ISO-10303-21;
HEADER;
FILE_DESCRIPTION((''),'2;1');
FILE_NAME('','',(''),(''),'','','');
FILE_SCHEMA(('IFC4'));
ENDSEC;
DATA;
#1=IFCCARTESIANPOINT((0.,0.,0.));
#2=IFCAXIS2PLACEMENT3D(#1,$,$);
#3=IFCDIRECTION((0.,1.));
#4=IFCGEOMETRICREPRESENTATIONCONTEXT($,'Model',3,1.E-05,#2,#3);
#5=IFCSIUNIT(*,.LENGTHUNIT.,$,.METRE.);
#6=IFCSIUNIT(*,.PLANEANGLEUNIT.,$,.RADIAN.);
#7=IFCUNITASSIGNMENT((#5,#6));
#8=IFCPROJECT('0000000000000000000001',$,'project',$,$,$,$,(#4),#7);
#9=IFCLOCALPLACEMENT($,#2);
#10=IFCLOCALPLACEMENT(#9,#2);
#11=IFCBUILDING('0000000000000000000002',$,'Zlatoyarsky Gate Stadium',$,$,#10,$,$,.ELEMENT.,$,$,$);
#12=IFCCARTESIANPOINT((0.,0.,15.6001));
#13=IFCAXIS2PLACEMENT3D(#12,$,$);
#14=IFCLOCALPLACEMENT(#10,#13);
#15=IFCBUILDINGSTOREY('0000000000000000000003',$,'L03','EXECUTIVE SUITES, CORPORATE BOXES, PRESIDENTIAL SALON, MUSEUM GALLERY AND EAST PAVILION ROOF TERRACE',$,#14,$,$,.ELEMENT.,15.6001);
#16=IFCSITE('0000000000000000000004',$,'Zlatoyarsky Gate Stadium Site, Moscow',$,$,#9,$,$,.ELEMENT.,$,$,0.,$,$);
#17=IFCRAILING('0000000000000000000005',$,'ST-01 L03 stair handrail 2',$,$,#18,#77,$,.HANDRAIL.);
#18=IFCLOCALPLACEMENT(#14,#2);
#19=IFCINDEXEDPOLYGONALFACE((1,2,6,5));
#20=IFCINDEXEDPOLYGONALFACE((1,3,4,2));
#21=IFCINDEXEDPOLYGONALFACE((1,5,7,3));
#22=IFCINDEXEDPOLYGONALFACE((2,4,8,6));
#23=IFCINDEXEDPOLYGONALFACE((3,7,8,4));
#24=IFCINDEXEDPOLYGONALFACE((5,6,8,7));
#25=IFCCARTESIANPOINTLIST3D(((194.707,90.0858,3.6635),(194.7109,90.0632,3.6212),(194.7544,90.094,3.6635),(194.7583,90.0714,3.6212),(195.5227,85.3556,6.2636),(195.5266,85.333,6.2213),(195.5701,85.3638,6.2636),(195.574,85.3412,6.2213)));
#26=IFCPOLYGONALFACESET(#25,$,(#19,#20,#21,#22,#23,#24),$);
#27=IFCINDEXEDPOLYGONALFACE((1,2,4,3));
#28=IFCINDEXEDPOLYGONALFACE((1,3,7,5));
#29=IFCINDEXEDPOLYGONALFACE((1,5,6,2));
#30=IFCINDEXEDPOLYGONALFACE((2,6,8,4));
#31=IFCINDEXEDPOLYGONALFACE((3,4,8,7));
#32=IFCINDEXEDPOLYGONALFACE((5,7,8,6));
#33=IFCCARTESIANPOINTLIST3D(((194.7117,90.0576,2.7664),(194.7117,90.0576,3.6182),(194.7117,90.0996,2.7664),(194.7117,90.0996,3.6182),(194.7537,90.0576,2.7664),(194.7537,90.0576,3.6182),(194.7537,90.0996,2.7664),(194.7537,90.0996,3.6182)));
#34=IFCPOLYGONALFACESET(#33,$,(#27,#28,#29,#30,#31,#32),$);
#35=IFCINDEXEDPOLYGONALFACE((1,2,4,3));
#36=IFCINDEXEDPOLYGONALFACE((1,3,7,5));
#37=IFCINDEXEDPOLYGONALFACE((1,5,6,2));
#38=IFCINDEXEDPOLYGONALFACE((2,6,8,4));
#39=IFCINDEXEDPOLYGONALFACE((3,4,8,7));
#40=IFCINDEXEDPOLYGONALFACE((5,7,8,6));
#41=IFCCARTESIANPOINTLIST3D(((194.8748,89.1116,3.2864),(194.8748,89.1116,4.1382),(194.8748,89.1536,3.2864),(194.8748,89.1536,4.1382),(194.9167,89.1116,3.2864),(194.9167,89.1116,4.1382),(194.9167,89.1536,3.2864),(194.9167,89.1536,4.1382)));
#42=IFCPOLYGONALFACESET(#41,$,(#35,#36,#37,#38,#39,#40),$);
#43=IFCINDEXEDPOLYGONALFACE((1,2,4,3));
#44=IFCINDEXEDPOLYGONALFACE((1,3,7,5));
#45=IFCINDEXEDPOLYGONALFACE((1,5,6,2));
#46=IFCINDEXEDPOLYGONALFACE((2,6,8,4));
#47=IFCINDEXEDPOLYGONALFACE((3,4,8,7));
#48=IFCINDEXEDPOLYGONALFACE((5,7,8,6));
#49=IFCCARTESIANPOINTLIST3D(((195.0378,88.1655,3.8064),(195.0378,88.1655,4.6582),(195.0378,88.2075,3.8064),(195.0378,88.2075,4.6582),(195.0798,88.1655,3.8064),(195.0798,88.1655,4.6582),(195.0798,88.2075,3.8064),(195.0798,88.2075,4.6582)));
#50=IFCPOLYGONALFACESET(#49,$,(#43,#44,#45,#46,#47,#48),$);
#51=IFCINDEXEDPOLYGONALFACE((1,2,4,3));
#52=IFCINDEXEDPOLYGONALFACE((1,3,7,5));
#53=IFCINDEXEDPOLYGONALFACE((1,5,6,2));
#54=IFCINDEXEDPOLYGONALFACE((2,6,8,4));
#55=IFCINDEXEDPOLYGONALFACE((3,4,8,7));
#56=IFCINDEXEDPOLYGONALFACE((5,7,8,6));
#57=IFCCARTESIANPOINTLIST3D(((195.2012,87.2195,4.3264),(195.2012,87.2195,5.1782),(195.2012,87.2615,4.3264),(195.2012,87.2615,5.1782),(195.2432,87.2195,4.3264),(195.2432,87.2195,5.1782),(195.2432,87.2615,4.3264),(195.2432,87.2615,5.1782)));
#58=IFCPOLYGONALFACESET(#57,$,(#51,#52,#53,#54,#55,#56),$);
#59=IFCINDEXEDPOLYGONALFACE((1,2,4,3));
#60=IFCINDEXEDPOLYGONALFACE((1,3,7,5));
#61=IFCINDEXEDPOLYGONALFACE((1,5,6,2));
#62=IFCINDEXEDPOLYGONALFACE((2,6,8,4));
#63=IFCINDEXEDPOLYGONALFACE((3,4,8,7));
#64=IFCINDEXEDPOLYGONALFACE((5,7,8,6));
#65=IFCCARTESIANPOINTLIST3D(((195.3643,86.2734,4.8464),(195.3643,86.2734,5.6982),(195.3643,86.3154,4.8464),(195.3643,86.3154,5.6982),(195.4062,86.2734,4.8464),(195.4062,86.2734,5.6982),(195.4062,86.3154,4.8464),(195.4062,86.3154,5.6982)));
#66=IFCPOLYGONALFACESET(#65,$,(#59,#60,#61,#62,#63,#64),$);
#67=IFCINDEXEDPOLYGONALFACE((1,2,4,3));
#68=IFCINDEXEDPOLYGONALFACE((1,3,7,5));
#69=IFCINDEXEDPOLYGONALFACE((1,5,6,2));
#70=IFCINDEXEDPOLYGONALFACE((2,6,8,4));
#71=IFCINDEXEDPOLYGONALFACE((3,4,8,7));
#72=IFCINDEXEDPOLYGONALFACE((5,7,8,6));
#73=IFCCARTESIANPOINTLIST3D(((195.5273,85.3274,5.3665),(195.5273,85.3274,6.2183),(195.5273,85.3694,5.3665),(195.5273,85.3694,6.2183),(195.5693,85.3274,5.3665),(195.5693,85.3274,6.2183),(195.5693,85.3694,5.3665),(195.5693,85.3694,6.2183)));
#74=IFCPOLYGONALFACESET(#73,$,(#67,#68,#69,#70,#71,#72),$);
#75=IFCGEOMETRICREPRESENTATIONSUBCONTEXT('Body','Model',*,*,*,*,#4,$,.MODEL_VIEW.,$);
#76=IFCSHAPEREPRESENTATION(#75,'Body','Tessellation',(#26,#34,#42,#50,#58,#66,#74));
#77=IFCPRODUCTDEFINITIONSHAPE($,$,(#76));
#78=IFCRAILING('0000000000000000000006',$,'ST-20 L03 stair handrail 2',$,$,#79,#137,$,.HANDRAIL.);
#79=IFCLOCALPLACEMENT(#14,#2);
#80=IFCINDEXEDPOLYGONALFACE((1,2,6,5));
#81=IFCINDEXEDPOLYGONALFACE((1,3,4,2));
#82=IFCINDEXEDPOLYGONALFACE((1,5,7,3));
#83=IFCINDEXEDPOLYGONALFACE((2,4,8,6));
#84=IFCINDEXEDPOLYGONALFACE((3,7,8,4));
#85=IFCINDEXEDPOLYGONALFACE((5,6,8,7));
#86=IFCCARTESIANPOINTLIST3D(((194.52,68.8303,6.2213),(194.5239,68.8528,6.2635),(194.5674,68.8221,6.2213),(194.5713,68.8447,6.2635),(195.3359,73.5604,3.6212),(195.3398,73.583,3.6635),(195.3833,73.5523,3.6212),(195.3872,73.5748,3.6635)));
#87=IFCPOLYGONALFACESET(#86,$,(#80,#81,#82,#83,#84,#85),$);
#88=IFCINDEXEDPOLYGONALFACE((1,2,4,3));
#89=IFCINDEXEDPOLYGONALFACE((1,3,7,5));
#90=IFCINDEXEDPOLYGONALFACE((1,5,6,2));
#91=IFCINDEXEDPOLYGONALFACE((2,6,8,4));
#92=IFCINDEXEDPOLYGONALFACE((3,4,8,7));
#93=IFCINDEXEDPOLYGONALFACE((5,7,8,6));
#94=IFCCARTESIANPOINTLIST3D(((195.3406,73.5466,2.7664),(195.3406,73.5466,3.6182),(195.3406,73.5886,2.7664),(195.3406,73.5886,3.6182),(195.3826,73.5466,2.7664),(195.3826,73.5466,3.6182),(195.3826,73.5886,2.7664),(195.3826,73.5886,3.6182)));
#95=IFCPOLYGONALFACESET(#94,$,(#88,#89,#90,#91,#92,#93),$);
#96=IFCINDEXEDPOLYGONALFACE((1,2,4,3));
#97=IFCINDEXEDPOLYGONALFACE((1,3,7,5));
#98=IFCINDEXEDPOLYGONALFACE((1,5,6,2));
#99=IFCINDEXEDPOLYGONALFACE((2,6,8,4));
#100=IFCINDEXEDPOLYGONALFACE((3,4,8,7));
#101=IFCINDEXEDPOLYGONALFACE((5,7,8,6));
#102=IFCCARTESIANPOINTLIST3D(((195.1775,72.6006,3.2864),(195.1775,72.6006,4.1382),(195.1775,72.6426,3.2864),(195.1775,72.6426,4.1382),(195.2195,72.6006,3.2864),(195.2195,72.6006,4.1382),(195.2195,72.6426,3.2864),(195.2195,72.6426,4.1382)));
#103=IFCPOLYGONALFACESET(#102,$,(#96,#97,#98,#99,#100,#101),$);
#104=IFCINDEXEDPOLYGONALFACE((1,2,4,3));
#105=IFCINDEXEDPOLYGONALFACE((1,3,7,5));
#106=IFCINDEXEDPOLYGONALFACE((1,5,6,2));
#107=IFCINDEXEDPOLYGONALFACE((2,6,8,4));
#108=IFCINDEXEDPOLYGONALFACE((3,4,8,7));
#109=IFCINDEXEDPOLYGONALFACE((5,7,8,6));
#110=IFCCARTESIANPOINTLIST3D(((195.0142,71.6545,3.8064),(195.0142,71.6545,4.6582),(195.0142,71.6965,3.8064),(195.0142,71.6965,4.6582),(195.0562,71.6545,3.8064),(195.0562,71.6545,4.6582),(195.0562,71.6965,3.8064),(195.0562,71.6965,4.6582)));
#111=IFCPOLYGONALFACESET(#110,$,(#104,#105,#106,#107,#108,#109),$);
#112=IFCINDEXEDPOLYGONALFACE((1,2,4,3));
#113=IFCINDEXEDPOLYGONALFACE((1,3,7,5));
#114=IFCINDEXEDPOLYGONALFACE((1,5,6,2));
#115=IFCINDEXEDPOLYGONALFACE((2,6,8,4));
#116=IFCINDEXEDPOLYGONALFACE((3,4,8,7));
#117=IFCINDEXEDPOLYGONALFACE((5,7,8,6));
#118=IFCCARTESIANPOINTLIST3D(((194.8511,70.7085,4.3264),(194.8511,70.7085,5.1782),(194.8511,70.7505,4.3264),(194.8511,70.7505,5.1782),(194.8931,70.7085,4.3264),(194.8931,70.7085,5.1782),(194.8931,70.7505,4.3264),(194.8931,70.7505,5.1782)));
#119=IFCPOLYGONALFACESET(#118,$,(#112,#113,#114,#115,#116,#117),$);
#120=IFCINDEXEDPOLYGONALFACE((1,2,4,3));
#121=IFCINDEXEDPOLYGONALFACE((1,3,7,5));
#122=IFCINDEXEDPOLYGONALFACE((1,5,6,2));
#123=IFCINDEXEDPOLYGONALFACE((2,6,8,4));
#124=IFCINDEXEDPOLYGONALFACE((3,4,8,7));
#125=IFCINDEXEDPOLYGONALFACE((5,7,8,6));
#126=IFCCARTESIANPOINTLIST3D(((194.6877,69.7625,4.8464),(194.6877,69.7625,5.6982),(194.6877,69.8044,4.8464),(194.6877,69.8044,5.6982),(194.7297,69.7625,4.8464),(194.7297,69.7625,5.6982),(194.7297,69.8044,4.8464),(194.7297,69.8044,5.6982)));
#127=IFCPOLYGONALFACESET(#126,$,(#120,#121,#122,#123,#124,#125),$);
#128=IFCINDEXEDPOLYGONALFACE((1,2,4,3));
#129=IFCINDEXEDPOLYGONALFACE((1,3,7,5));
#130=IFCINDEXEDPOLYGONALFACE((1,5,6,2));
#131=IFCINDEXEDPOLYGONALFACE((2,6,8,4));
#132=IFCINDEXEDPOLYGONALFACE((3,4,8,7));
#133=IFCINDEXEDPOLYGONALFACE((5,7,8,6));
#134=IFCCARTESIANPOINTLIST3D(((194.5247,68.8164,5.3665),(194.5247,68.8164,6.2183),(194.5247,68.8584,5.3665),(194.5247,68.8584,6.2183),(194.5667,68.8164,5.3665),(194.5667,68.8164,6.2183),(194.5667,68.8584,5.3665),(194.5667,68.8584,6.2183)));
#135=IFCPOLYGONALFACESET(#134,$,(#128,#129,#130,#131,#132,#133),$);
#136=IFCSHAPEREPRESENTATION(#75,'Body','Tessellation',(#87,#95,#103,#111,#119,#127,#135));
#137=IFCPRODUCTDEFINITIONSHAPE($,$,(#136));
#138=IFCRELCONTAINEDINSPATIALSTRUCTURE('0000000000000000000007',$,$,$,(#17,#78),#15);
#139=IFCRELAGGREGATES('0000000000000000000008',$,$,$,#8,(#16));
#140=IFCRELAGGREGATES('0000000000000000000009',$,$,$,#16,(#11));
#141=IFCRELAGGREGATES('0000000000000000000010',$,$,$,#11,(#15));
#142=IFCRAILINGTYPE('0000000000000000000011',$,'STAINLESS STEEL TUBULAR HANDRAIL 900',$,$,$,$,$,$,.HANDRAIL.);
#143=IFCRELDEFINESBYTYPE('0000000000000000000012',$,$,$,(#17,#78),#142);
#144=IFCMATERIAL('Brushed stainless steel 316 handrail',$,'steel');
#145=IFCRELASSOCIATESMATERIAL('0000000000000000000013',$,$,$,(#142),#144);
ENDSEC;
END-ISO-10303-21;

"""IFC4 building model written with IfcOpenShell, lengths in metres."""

from ifc_helpers import new_model, si_unit, direction, frame, origin, origin_2d, place, context, subcontext, project, spatial, rectangle, extrude, material, type_object, element, save


model = new_model("IFC4")

# Units and contexts
model_context = context("Model", 3, precision=1e-05, world=origin(), true_north=direction((0.0, 1.0)))
body_context = subcontext(model_context, "Body", "Model", "MODEL_VIEW")
ifc_project = project(units=[si_unit("LENGTHUNIT", "METRE"), si_unit("PLANEANGLEUNIT", "RADIAN")], contexts=[model_context])

# Site, building, storey
site_placement = place(None, origin())
site = spatial("IfcSite", under=ifc_project, at=site_placement, Name="Zlatoyarsky Gate Stadium Site, Moscow", CompositionType="ELEMENT", RefElevation=0.0)
building_placement = place(site_placement, origin())
building = spatial("IfcBuilding", under=site, at=building_placement, Name="Zlatoyarsky Gate Stadium", CompositionType="ELEMENT")
storey_placement = place(building_placement, frame((0.0, 0.0, 15.6001)))
storey = spatial("IfcBuildingStorey", under=building, at=storey_placement, Name="L03", Description="EXECUTIVE SUITES, CORPORATE BOXES, PRESIDENTIAL SALON, MUSEUM GALLERY AND EAST PAVILION ROOF TERRACE", CompositionType="ELEMENT", Elevation=15.6001)

# Railings
ifc_material_1 = material(Name="Brushed stainless steel 316 handrail", Category="steel")
railing_type_1 = type_object("IfcRailingType", Name="STAINLESS STEEL TUBULAR HANDRAIL 900", PredefinedType="HANDRAIL", material=ifc_material_1)
railing_1_placement = place(storey_placement, frame((194.7327, 90.0786, 2.7664)))
element("IfcRailing", 1, at=railing_1_placement, inside=storey, type_object=railing_type_1, Name="ST-01 L03 stair handrail 2", PredefinedType="HANDRAIL", context=body_context, shape_type="SweptSolid", body=[
    extrude(rectangle(XDim=0.0481, YDim=0.0481, at=origin_2d()), frame((0.0, 0.0, 0.876), z_axis=(0.149418, -0.866498, 0.476294), x_axis=(0.985456, 0.169931, 0.0)), (0.0, 0.0, 1.0), 5.459),
    extrude(rectangle(XDim=0.042, YDim=0.042, at=origin_2d()), origin(), (0.0, 0.0, 1.0), 0.8518),
    extrude(rectangle(XDim=0.042, YDim=0.042, at=origin_2d()), frame((0.1631, -0.946, 0.52)), (0.0, 0.0, 1.0), 0.8518),
    extrude(rectangle(XDim=0.042, YDim=0.042, at=origin_2d()), frame((0.3262, -1.8921, 1.04)), (0.0, 0.0, 1.0), 0.8518),
    extrude(rectangle(XDim=0.042, YDim=0.042, at=origin_2d()), frame((0.4895, -2.8381, 1.5601)), (0.0, 0.0, 1.0), 0.8518),
    extrude(rectangle(XDim=0.042, YDim=0.042, at=origin_2d()), frame((0.6526, -3.7842, 2.0801)), (0.0, 0.0, 1.0), 0.8518),
    extrude(rectangle(XDim=0.042, YDim=0.042, at=origin_2d()), frame((0.8157, -4.7302, 2.6001)), (0.0, 0.0, 1.0), 0.8518),
])
railing_2_placement = place(storey_placement, frame((195.3616, 73.5676, 2.7664)))
element("IfcRailing", 2, at=railing_2_placement, inside=storey, type_object=railing_type_1, Name="ST-20 L03 stair handrail 2", PredefinedType="HANDRAIL", context=body_context, shape_type="SweptSolid", body=[
    extrude(rectangle(XDim=0.0481, YDim=0.0481, at=origin_2d()), frame((0.0, 0.0, 0.876), z_axis=(-0.149461, -0.866492, 0.476291), x_axis=(0.985447, -0.16998, 0.0)), (0.0, 0.0, 1.0), 5.459),
    extrude(rectangle(XDim=0.042, YDim=0.042, at=origin_2d()), origin(), (0.0, 0.0, 1.0), 0.8518),
    extrude(rectangle(XDim=0.042, YDim=0.042, at=origin_2d()), frame((-0.1631, -0.946, 0.52)), (0.0, 0.0, 1.0), 0.8518),
    extrude(rectangle(XDim=0.042, YDim=0.042, at=origin_2d()), frame((-0.3264, -1.8921, 1.04)), (0.0, 0.0, 1.0), 0.8518),
    extrude(rectangle(XDim=0.042, YDim=0.042, at=origin_2d()), frame((-0.4895, -2.8381, 1.5601)), (0.0, 0.0, 1.0), 0.8518),
    extrude(rectangle(XDim=0.042, YDim=0.042, at=origin_2d()), frame((-0.6528, -3.7842, 2.0801)), (0.0, 0.0, 1.0), 0.8518),
    extrude(rectangle(XDim=0.042, YDim=0.042, at=origin_2d()), frame((-0.8159, -4.7302, 2.6001)), (0.0, 0.0, 1.0), 0.8518),
])

save(model, "model.ifc")
